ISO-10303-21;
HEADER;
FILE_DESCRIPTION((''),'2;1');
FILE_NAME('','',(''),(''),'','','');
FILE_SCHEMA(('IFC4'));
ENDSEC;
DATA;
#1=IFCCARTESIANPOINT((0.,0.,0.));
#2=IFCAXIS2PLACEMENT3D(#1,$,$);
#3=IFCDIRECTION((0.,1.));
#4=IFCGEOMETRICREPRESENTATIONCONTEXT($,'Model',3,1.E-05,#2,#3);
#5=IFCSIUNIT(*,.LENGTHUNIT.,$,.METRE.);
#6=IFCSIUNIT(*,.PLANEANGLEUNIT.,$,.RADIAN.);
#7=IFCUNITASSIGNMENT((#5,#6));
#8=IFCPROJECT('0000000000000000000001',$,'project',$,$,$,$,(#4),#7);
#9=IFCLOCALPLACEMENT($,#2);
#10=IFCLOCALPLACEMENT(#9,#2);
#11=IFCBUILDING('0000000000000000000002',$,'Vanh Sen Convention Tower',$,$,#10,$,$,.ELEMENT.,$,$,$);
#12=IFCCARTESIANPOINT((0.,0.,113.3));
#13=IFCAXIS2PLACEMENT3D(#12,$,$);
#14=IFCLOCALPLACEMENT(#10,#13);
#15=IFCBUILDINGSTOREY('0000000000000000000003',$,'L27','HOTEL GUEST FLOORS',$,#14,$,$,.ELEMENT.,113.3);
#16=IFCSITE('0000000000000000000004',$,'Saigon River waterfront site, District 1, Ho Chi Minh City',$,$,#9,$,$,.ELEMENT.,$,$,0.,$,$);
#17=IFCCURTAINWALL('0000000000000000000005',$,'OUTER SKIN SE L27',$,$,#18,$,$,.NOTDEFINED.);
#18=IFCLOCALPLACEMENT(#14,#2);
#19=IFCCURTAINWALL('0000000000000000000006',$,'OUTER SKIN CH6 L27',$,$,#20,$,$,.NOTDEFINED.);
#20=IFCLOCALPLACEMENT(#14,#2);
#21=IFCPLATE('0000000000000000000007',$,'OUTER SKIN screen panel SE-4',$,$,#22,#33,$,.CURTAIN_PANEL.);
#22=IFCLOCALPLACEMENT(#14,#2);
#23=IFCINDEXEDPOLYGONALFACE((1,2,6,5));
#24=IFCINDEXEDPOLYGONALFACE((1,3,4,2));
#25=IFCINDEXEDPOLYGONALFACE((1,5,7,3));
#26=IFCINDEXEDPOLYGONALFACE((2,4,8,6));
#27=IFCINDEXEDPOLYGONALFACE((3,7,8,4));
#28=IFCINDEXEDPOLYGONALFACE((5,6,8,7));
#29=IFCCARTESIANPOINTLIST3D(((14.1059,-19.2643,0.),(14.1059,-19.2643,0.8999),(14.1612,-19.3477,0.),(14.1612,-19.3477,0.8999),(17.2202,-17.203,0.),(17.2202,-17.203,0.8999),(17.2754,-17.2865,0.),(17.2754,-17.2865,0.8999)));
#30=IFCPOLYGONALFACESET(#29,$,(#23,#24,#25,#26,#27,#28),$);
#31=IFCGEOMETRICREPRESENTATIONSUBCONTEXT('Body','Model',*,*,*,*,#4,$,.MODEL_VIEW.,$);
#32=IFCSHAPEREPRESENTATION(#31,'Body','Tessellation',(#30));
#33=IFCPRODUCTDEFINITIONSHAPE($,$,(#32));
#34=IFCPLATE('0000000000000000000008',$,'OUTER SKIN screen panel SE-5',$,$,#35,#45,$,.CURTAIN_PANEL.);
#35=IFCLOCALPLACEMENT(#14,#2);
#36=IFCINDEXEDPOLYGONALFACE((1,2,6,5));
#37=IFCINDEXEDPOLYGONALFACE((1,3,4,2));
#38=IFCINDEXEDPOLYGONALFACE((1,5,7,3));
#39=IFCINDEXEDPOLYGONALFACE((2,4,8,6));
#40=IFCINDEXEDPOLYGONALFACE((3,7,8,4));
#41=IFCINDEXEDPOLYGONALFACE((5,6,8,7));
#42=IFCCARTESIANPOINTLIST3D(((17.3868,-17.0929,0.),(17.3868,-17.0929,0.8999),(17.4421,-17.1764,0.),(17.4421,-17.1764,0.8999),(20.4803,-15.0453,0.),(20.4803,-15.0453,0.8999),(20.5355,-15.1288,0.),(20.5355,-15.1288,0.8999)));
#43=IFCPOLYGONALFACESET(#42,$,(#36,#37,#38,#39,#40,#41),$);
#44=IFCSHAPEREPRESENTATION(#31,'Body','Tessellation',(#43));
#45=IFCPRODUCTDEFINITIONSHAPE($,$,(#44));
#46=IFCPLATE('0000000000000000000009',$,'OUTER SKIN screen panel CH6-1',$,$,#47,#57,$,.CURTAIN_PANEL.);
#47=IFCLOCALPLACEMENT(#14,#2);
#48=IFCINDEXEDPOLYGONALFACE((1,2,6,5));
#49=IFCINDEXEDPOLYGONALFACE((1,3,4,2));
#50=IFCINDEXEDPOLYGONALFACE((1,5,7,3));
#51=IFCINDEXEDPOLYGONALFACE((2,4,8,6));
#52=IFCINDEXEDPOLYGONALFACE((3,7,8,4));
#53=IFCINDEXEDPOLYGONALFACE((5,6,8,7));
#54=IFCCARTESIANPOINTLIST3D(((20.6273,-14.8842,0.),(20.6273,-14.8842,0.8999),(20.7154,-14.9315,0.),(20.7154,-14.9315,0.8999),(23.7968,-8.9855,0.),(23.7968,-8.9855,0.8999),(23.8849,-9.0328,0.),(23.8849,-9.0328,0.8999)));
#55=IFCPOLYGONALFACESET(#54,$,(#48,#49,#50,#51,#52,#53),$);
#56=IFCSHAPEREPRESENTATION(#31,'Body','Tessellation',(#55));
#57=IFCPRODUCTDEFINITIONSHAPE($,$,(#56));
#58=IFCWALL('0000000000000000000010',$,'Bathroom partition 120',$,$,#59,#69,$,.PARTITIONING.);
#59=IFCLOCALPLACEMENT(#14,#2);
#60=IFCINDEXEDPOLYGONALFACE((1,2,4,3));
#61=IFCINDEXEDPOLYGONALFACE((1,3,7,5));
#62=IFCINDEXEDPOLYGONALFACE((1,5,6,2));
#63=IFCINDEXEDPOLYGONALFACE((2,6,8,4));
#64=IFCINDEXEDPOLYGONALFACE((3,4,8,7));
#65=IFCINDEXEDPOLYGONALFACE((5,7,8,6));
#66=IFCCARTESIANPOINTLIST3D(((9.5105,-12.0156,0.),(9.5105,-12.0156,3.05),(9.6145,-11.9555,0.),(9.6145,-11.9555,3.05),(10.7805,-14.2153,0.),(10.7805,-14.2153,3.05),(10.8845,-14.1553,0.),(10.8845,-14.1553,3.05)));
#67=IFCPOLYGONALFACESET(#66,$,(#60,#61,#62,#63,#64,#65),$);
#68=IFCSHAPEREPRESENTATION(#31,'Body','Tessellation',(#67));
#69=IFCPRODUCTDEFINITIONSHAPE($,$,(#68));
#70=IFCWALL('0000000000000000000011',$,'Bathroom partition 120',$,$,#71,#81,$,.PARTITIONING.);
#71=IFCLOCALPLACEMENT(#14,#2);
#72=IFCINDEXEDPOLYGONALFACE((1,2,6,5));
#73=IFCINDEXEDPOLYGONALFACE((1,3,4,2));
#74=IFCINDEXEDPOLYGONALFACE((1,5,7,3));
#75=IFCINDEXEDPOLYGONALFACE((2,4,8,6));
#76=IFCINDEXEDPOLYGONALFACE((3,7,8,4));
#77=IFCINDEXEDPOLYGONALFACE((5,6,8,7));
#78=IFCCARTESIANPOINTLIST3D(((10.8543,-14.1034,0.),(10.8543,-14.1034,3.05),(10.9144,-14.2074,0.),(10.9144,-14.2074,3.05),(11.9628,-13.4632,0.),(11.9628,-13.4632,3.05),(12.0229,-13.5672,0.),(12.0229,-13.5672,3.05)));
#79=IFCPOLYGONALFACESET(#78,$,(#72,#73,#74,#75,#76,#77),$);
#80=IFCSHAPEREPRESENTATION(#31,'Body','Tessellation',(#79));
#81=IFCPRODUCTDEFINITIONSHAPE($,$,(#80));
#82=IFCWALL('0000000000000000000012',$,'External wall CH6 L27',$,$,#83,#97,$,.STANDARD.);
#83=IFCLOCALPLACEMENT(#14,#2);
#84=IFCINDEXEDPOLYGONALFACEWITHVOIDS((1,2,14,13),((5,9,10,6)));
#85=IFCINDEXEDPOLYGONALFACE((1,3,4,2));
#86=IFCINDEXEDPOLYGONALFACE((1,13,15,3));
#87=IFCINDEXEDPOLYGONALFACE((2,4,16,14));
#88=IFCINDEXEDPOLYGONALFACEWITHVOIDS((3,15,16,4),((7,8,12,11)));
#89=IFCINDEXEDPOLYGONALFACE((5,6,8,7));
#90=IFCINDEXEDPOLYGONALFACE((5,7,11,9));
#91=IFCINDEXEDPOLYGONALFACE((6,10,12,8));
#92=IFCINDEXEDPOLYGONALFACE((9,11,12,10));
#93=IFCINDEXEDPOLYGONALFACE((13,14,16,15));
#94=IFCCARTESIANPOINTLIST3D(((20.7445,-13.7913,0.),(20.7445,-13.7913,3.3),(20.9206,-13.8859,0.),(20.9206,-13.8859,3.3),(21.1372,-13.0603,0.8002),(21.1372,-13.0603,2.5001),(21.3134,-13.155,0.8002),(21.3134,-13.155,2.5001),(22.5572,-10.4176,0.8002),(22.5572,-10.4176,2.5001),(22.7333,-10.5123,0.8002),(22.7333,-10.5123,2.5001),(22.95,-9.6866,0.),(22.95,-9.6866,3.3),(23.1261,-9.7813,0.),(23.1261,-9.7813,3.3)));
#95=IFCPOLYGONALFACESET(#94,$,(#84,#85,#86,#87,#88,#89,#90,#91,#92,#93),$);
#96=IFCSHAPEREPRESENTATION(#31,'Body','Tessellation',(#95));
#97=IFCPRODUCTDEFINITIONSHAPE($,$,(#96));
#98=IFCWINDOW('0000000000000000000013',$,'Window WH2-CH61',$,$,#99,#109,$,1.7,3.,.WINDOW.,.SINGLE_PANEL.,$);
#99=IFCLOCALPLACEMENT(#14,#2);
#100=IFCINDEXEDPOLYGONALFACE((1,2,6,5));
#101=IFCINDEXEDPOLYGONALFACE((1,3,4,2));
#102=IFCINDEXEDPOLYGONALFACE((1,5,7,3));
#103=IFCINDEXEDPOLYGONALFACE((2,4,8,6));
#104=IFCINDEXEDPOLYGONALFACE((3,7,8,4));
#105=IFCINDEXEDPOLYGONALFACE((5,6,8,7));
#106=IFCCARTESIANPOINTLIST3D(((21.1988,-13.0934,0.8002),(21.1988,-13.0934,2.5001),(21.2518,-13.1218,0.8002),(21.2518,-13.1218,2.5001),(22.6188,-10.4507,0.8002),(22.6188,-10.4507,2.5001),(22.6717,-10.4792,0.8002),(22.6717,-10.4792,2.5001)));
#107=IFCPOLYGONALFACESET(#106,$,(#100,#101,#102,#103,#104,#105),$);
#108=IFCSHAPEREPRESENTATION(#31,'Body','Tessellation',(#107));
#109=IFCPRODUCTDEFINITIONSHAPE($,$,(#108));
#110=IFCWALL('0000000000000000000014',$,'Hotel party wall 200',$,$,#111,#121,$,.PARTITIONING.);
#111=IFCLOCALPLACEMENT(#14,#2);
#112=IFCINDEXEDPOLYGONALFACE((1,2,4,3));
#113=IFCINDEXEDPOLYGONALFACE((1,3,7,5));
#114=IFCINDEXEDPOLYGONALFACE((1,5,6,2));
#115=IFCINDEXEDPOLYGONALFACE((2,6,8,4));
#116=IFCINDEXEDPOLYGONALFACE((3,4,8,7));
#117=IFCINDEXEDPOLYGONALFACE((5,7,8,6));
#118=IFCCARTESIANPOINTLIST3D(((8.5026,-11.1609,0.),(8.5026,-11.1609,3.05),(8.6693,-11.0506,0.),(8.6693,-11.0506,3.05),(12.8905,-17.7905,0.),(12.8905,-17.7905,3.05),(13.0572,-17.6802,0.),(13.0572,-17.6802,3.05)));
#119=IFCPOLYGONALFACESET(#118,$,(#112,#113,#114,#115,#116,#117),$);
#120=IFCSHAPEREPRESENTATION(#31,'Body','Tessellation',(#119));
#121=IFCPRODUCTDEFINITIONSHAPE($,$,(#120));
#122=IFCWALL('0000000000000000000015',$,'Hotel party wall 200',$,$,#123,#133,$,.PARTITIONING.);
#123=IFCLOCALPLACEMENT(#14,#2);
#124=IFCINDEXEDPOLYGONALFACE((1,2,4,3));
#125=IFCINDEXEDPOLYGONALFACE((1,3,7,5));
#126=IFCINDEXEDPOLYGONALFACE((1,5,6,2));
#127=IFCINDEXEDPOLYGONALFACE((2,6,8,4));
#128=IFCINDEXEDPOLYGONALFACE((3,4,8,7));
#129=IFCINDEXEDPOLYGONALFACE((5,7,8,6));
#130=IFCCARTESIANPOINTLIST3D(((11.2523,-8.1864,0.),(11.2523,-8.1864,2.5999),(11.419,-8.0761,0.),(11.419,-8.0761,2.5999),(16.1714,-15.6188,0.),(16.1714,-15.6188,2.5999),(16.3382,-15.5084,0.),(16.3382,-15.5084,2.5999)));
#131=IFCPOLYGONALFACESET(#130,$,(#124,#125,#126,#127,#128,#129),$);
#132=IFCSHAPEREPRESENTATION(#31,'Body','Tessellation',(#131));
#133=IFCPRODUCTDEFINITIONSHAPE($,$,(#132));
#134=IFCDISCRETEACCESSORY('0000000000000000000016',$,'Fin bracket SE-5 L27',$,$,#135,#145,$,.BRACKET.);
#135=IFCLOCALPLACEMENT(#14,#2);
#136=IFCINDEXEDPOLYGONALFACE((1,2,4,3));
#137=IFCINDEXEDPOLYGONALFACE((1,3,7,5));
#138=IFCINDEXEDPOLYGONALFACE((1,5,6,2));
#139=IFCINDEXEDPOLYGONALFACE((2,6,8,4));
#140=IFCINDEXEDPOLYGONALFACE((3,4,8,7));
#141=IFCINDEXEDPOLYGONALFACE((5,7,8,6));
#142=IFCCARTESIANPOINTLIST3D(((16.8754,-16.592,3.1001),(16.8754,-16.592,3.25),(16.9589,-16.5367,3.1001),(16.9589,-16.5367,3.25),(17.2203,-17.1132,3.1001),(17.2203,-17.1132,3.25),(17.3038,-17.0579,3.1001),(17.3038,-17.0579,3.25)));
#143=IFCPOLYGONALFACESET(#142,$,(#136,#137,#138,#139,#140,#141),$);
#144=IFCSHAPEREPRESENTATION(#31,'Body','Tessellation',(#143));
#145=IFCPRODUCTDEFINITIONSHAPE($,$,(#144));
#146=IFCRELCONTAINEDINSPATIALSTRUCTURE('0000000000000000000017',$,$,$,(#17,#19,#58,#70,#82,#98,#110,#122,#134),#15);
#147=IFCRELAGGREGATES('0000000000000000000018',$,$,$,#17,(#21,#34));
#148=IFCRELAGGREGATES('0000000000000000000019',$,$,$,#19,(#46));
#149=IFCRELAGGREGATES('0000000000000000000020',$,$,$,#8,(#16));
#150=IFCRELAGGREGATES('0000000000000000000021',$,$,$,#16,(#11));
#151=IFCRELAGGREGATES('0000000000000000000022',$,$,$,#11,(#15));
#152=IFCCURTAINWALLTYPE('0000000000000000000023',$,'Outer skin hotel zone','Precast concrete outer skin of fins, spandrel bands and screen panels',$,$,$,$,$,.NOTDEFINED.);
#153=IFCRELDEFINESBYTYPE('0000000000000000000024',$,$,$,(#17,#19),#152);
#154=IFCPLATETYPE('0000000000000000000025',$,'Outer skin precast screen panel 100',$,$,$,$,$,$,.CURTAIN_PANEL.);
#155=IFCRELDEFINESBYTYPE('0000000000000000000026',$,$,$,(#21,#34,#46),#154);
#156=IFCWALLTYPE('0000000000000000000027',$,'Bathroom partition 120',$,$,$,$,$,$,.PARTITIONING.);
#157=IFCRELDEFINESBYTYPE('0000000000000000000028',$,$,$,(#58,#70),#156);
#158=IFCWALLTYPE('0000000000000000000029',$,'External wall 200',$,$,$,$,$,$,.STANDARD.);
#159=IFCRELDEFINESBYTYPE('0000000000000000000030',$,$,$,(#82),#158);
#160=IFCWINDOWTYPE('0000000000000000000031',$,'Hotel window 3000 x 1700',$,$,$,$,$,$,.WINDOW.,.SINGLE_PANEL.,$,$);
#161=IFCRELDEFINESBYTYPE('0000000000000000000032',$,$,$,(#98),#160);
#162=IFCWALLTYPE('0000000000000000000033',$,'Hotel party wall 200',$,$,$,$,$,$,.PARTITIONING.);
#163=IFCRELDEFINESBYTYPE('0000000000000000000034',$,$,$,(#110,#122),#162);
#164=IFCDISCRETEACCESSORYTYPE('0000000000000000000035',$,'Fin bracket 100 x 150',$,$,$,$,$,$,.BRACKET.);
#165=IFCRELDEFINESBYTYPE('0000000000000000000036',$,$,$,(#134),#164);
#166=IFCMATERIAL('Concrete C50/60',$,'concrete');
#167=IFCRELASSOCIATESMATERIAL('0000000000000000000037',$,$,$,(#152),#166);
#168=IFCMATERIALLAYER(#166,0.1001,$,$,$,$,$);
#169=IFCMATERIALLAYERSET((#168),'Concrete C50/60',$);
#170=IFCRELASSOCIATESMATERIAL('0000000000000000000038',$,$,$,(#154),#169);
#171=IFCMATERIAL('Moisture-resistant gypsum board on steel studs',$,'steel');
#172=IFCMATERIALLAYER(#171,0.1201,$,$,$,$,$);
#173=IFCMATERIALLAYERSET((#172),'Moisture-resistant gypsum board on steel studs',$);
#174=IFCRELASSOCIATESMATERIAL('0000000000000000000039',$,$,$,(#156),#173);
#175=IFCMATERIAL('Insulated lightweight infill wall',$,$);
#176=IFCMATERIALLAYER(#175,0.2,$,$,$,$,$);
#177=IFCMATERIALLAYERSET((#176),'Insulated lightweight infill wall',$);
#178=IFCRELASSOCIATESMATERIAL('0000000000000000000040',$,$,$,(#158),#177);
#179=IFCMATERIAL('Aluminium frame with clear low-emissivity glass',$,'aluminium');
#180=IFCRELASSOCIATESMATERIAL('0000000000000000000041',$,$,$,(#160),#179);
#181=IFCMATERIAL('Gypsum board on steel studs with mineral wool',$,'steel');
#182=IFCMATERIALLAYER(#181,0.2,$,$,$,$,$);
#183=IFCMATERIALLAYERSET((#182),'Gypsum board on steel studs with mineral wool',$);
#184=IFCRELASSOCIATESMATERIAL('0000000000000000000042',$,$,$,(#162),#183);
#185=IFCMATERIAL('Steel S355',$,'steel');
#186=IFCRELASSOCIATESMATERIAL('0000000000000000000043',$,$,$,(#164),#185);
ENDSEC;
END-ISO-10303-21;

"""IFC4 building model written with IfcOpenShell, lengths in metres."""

from ifc_helpers import new_model, si_unit, direction, frame, frame_2d, origin, origin_2d, place, context, subcontext, project, spatial, rectangle, extrude, material, layer, layer_set, type_object, element, fill, aggregate, save


model = new_model("IFC4")

# Units and contexts
model_context = context("Model", 3, precision=1e-05, world=origin(), true_north=direction((0.0, 1.0)))
body_context = subcontext(model_context, "Body", "Model", "MODEL_VIEW")
ifc_project = project(units=[si_unit("LENGTHUNIT", "METRE"), si_unit("PLANEANGLEUNIT", "RADIAN")], contexts=[model_context])

# Site, building, storey
site_placement = place(None, origin())
site = spatial("IfcSite", under=ifc_project, at=site_placement, Name="Saigon River waterfront site, District 1, Ho Chi Minh City", CompositionType="ELEMENT", RefElevation=0.0)
building_placement = place(site_placement, origin())
building = spatial("IfcBuilding", under=site, at=building_placement, Name="Vanh Sen Convention Tower", CompositionType="ELEMENT")
storey_placement = place(building_placement, frame((0.0, 0.0, 113.3)))
storey = spatial("IfcBuildingStorey", under=building, at=storey_placement, Name="L27", Description="HOTEL GUEST FLOORS", CompositionType="ELEMENT", Elevation=113.3)

# Curtain wall
ifc_material_1 = material(Name="Concrete C50/60", Category="concrete")
curtain_wall_type = type_object("IfcCurtainWallType", Name="Outer skin hotel zone", Description="Precast concrete outer skin of fins, spandrel bands and screen panels", PredefinedType="NOTDEFINED", material=ifc_material_1)
curtain_wall_1_placement = place(storey_placement, origin())
curtain_wall_1 = element("IfcCurtainWall", 1, at=curtain_wall_1_placement, inside=storey, type_object=curtain_wall_type, Name="OUTER SKIN SE L27", PredefinedType="NOTDEFINED")

# Curtain wall
curtain_wall_2_placement = place(storey_placement, origin())
curtain_wall_2 = element("IfcCurtainWall", 2, at=curtain_wall_2_placement, inside=storey, type_object=curtain_wall_type, Name="OUTER SKIN CH6 L27", PredefinedType="NOTDEFINED")

# Plates
ifc_layer_1 = layer(ifc_material_1, 0.1001)
ifc_layer_set_1 = layer_set([ifc_layer_1], Name="Concrete C50/60")
plate_type = type_object("IfcPlateType", Name="Outer skin precast screen panel 100", PredefinedType="CURTAIN_PANEL", material=ifc_layer_set_1)
plate_1_placement = place(storey_placement, frame((15.6907, -18.2754, 0.0), z_axis=(0.0, 0.0, 1.0), x_axis=(0.833892, 0.551928, 0.0)))
plate_1 = element("IfcPlate", 3, at=plate_1_placement, type_object=plate_type, Name="OUTER SKIN screen panel SE-4", PredefinedType="CURTAIN_PANEL", context=body_context, shape_type="SweptSolid", body=[
    extrude(rectangle(XDim=3.7346, YDim=0.1001, at=origin_2d()), origin(), (0.0, 0.0, 1.0), 0.8999),
])
plate_2_placement = place(storey_placement, frame((18.9612, -16.1108, 0.0), z_axis=(0.0, 0.0, 1.0), x_axis=(0.83388, 0.551946, 0.0)))
plate_2 = element("IfcPlate", 4, at=plate_2_placement, type_object=plate_type, Name="OUTER SKIN screen panel SE-5", PredefinedType="CURTAIN_PANEL", context=body_context, shape_type="SweptSolid", body=[
    extrude(rectangle(XDim=3.7097, YDim=0.1001, at=origin_2d()), origin(), (0.0, 0.0, 1.0), 0.8999),
])
aggregate(curtain_wall_1, [plate_1, plate_2])
plate_3_placement = place(storey_placement, frame((22.2561, -11.9585, 0.0), z_axis=(0.0, 0.0, 1.0), x_axis=(0.473323, 0.880889, 0.0)))
plate_3 = element("IfcPlate", 5, at=plate_3_placement, type_object=plate_type, Name="OUTER SKIN screen panel CH6-1", PredefinedType="CURTAIN_PANEL", context=body_context, shape_type="SweptSolid", body=[
    extrude(rectangle(XDim=6.6963, YDim=0.1001, at=origin_2d()), origin(), (0.0, 0.0, 1.0), 0.8999),
])
aggregate(curtain_wall_2, [plate_3])

# Walls
ifc_material_2 = material(Name="Moisture-resistant gypsum board on steel studs", Category="steel")
ifc_layer_2 = layer(ifc_material_2, 0.1201)
ifc_layer_set_2 = layer_set([ifc_layer_2], Name="Moisture-resistant gypsum board on steel studs")
wall_type_1 = type_object("IfcWallType", Name="Bathroom partition 120", PredefinedType="PARTITIONING", material=ifc_layer_set_2)
wall_1_placement = place(storey_placement, frame((10.8325, -14.1853, 0.0), z_axis=(0.0, 0.0, 1.0), x_axis=(-0.500005, 0.866022, 0.0)))
element("IfcWall", 6, at=wall_1_placement, inside=storey, type_object=wall_type_1, Name="Bathroom partition 120", PredefinedType="PARTITIONING", context=body_context, shape_type="SweptSolid", body=[
    extrude(rectangle(XDim=2.54, YDim=0.1201, at=frame_2d((1.27, 0.0))), origin(), (0.0, 0.0, 1.0), 3.05),
])
wall_2_placement = place(storey_placement, frame((11.9929, -13.5151, 0.0), z_axis=(0.0, 0.0, 1.0), x_axis=(-0.865957, -0.500119, 0.0)))
element("IfcWall", 7, at=wall_2_placement, inside=storey, type_object=wall_type_1, Name="Bathroom partition 120", PredefinedType="PARTITIONING", context=body_context, shape_type="SweptSolid", body=[
    extrude(rectangle(XDim=1.28, YDim=0.1201, at=frame_2d((0.6401, 0.0))), origin(), (0.0, 0.0, 1.0), 3.05),
])

# Wall, opening, window
ifc_material_3 = material(Name="Insulated lightweight infill wall")
ifc_layer_3 = layer(ifc_material_3, 0.2)
ifc_layer_set_3 = layer_set([ifc_layer_3], Name="Insulated lightweight infill wall")
wall_type_2 = type_object("IfcWallType", Name="External wall 200", PredefinedType="STANDARD", material=ifc_layer_set_3)
wall_3_placement = place(storey_placement, frame((20.8325, -13.8386, 0.0), z_axis=(0.0, 0.0, 1.0), x_axis=(0.473322, 0.88089, 0.0)))
wall_3 = element("IfcWall", 8, at=wall_3_placement, inside=storey, type_object=wall_type_2, Name="External wall CH6 L27", PredefinedType="STANDARD", context=body_context, shape_type="SweptSolid", body=[
    extrude(rectangle(XDim=4.6597, YDim=0.2, at=frame_2d((2.3298, 0.0))), origin(), (0.0, 0.0, 1.0), 3.3),
])
opening_placement = place(wall_3_placement, frame((0.8298, 0.0, 0.8)))
opening = element("IfcOpeningElement", 9, at=opening_placement, cuts=wall_3, PredefinedType="OPENING", context=body_context, shape_type="SweptSolid", body=[
    extrude(rectangle(XDim=3.0, YDim=1.7, at=frame_2d((1.5, 0.8501))), frame((0.0, 0.1099, 0.0), z_axis=(0.0, -1.0, 0.0), x_axis=(1.0, 0.0, 0.0)), (0.0, 0.0, 1.0), 0.22),
])
ifc_material_4 = material(Name="Aluminium frame with clear low-emissivity glass", Category="aluminium")
window_type = type_object("IfcWindowType", Name="Hotel window 3000 x 1700", PartitioningType="SINGLE_PANEL", PredefinedType="WINDOW", material=ifc_material_4)
window_placement = place(opening_placement, origin())
window = element("IfcWindow", 10, at=window_placement, inside=storey, type_object=window_type, Name="Window WH2-CH61", OverallHeight=1.7, OverallWidth=3.0, PartitioningType="SINGLE_PANEL", PredefinedType="WINDOW", context=body_context, shape_type="SweptSolid", body=[
    extrude(rectangle(XDim=3.0, YDim=1.7, at=frame_2d((1.5, 0.8501))), frame((0.0, 0.03, 0.0), z_axis=(0.0, -1.0, 0.0), x_axis=(1.0, 0.0, 0.0)), (0.0, 0.0, 1.0), 0.0601),
])
fill(opening, window)

# Walls
ifc_material_5 = material(Name="Gypsum board on steel studs with mineral wool", Category="steel")
ifc_layer_4 = layer(ifc_material_5, 0.2)
ifc_layer_set_4 = layer_set([ifc_layer_4], Name="Gypsum board on steel studs with mineral wool")
wall_type_3 = type_object("IfcWallType", Name="Hotel party wall 200", PredefinedType="PARTITIONING", material=ifc_layer_set_4)
wall_4_placement = place(storey_placement, frame((12.9739, -17.7354, 0.0), z_axis=(0.0, 0.0, 1.0), x_axis=(-0.551926, 0.833893, 0.0)))
element("IfcWall", 11, at=wall_4_placement, inside=storey, type_object=wall_type_3, Name="Hotel party wall 200", PredefinedType="PARTITIONING", context=body_context, shape_type="SweptSolid", body=[
    extrude(rectangle(XDim=7.9502, YDim=0.2, at=frame_2d((3.9751, 0.0))), origin(), (0.0, 0.0, 1.0), 3.05),
])
wall_5_placement = place(storey_placement, frame((16.2549, -15.5637, 0.0), z_axis=(0.0, 0.0, 1.0), x_axis=(-0.551922, 0.833896, 0.0)))
element("IfcWall", 12, at=wall_5_placement, inside=storey, type_object=wall_type_3, Name="Hotel party wall 200", PredefinedType="PARTITIONING", context=body_context, shape_type="SweptSolid", body=[
    extrude(rectangle(XDim=8.9128, YDim=0.2, at=frame_2d((4.4565, 0.0))), origin(), (0.0, 0.0, 1.0), 2.5999),
])

# Discrete accessory
ifc_material_6 = material(Name="Steel S355", Category="steel")
discrete_accessory_type = type_object("IfcDiscreteAccessoryType", Name="Fin bracket 100 x 150", PredefinedType="BRACKET", material=ifc_material_6)
discrete_accessory_placement = place(storey_placement, frame((17.0896, -16.825, 3.1001), z_axis=(0.0, 0.0, 1.0), x_axis=(0.551937, -0.833886, 0.0)))
element("IfcDiscreteAccessory", 13, at=discrete_accessory_placement, inside=storey, type_object=discrete_accessory_type, Name="Fin bracket SE-5 L27", PredefinedType="BRACKET", context=body_context, shape_type="SweptSolid", body=[
    extrude(rectangle(XDim=0.625, YDim=0.1001, at=origin_2d()), origin(), (0.0, 0.0, 1.0), 0.1499),
])

save(model, "model.ifc")
